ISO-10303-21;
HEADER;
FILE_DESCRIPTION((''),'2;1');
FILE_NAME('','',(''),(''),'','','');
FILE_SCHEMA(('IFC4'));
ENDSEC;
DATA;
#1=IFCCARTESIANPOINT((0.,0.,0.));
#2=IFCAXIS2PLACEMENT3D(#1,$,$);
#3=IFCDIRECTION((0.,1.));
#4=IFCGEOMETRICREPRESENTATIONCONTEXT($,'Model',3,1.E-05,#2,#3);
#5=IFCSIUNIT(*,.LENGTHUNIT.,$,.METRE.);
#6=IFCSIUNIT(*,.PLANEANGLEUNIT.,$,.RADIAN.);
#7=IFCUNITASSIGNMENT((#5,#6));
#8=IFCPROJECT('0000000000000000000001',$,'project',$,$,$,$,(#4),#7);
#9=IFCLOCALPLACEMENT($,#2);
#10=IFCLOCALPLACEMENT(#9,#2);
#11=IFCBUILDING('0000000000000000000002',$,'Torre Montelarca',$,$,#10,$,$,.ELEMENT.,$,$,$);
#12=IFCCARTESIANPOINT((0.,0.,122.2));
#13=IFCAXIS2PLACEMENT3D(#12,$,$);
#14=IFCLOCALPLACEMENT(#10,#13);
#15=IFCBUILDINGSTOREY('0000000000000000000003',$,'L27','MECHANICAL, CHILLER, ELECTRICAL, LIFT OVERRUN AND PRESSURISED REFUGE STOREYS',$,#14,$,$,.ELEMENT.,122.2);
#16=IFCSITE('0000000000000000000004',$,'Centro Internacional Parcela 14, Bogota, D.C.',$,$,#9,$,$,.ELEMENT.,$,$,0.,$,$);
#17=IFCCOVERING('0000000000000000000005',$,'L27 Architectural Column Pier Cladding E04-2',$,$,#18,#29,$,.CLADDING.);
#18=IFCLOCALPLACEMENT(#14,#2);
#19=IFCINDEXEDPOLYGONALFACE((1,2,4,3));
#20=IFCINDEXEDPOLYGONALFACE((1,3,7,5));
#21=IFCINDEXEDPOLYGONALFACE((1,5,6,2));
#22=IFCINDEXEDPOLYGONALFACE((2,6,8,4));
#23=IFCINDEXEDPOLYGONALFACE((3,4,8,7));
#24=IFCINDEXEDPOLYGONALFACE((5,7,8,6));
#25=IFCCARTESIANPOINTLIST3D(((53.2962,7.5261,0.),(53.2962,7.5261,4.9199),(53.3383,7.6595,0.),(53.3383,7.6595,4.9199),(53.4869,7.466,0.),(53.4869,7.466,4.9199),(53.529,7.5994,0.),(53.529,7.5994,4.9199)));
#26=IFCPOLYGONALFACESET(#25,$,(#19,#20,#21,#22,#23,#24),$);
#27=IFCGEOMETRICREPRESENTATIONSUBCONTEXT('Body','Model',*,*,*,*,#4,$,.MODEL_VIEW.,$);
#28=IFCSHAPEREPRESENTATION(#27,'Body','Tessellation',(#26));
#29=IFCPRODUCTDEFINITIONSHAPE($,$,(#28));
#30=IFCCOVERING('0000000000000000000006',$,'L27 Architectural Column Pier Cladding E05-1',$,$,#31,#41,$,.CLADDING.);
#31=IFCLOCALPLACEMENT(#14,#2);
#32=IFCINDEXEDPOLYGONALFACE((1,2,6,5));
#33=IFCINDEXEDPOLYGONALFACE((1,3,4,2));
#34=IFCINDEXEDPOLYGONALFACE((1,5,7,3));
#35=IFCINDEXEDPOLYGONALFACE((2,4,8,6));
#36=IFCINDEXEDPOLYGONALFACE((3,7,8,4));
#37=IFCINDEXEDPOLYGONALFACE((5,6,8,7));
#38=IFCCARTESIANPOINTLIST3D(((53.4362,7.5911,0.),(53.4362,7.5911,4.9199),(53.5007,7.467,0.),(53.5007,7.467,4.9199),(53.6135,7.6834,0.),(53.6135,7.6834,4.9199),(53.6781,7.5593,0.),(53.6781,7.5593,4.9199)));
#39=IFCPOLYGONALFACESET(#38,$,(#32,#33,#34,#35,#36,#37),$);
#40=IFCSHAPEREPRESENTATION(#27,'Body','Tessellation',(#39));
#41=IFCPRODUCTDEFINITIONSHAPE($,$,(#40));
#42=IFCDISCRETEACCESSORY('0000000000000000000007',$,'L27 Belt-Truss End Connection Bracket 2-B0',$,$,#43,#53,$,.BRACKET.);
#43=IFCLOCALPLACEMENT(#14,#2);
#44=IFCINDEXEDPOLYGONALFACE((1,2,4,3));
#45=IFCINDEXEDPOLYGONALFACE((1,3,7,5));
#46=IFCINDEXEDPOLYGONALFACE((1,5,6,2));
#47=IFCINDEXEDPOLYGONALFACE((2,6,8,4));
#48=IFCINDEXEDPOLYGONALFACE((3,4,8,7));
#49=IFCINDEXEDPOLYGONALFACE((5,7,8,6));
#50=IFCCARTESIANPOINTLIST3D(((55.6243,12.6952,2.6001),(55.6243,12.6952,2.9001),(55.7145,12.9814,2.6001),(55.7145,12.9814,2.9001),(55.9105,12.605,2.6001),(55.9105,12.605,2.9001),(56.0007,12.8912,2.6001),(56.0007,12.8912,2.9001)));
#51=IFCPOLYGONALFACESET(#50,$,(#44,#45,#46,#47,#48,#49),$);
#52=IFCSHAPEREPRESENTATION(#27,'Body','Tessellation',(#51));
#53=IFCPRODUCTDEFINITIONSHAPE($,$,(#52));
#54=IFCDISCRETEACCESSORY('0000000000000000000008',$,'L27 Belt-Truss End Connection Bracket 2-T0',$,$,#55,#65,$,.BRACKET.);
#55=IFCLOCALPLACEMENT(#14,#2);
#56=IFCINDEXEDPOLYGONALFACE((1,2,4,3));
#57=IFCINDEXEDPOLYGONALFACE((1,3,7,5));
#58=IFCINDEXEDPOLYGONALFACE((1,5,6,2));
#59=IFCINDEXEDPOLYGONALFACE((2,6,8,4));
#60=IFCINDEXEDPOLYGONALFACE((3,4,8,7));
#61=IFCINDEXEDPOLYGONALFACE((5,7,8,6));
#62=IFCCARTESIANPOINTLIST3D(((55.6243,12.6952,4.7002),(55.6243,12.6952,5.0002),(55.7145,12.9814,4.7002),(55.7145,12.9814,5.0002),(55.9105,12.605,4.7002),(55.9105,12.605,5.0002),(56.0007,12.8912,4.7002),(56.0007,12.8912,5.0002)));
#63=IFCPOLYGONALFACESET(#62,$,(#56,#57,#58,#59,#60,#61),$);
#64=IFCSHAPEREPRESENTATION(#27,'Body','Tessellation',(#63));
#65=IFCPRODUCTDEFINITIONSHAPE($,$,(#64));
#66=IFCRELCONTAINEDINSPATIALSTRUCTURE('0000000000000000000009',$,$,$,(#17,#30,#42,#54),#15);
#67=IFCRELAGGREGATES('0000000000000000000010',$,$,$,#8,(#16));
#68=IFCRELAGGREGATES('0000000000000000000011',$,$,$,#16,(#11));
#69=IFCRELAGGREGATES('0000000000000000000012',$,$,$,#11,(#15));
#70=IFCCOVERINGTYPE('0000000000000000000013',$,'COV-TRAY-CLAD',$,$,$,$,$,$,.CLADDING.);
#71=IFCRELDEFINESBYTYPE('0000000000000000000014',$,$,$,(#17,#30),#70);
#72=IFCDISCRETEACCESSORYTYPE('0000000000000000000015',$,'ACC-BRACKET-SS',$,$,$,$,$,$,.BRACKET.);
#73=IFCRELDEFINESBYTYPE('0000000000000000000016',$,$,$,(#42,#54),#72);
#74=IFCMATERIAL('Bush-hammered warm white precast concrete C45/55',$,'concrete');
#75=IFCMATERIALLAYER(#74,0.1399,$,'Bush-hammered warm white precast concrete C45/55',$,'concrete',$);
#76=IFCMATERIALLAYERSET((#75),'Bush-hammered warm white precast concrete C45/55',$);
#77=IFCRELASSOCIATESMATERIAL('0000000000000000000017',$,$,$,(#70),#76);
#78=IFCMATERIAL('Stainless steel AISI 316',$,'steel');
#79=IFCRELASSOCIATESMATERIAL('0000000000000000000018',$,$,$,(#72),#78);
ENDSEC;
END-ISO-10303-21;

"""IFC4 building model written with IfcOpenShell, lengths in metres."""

from ifc_helpers import new_model, si_unit, direction, frame, origin, origin_2d, place, context, subcontext, project, spatial, rectangle, extrude, source, transform, mapped, material, layer, layer_set, type_object, element, save


model = new_model("IFC4")

# Units and contexts
model_context = context("Model", 3, precision=1e-05, world=origin(), true_north=direction((0.0, 1.0)))
body_context = subcontext(model_context, "Body", "Model", "MODEL_VIEW")
ifc_project = project(units=[si_unit("LENGTHUNIT", "METRE"), si_unit("PLANEANGLEUNIT", "RADIAN")], contexts=[model_context])

# Site, building, storey
site_placement = place(None, origin())
site = spatial("IfcSite", under=ifc_project, at=site_placement, Name="Centro Internacional Parcela 14, Bogota, D.C.", CompositionType="ELEMENT", RefElevation=0.0)
building_placement = place(site_placement, origin())
building = spatial("IfcBuilding", under=site, at=building_placement, Name="Torre Montelarca", CompositionType="ELEMENT")
storey_placement = place(building_placement, frame((0.0, 0.0, 122.2)))
storey = spatial("IfcBuildingStorey", under=building, at=storey_placement, Name="L27", Description="MECHANICAL, CHILLER, ELECTRICAL, LIFT OVERRUN AND PRESSURISED REFUGE STOREYS", CompositionType="ELEMENT", Elevation=122.2)

# Coverings
ifc_material_1 = material(Name="Bush-hammered warm white precast concrete C45/55", Category="concrete")
ifc_layer_1 = layer(ifc_material_1, 0.1399, Name="Bush-hammered warm white precast concrete C45/55", Category="concrete")
ifc_layer_set_1 = layer_set([ifc_layer_1], Name="Bush-hammered warm white precast concrete C45/55")
covering_type = type_object("IfcCoveringType", Name="COV-TRAY-CLAD", PredefinedType="CLADDING", material=ifc_layer_set_1)
shared_shape_1 = source(origin(), body_context, "Body", "SweptSolid", [
    extrude(rectangle(XDim=0.2, YDim=0.1399, at=origin_2d()), origin(), (0.0, 0.0, 1.0), 4.9199),
])
for number, where, z_axis, x_axis, name in (
    (1, (53.4126, 7.5627, 0.0), (0.0, 0.0, 1.0), (0.953718, -0.300702, 0.0), "L27 Architectural Column Pier Cladding E04-2"),
    (2, (53.5571, 7.5752, 0.0), (0.0, 0.0, 1.0), (0.887017, 0.461736, 0.0), "L27 Architectural Column Pier Cladding E05-1"),
):
    element("IfcCovering", number, at=place(storey_placement, frame(where, z_axis=z_axis, x_axis=x_axis)), inside=storey, type_object=covering_type, Name=name, PredefinedType="CLADDING", context=body_context, shape_type="MappedRepresentation", body=[
        mapped(shared_shape_1, transform((0.0, 0.0, 0.0), scale=1.0)),
    ])

# Discrete accessories
ifc_material_2 = material(Name="Stainless steel AISI 316", Category="steel")
discrete_accessory_type = type_object("IfcDiscreteAccessoryType", Name="ACC-BRACKET-SS", PredefinedType="BRACKET", material=ifc_material_2)
shared_shape_2 = source(origin(), body_context, "Body", "SweptSolid", [
    extrude(rectangle(XDim=0.3, YDim=0.3, at=origin_2d()), origin(), (0.0, 0.0, 1.0), 0.3),
])
for number, where, z_axis, x_axis, name in (
    (3, (55.8125, 12.7932, 2.6001), (0.0, 0.0, 1.0), (0.300706, 0.953717, 0.0), "L27 Belt-Truss End Connection Bracket 2-B0"),
    (4, (55.8125, 12.7932, 4.7002), (0.0, 0.0, 1.0), (0.300706, 0.953717, 0.0), "L27 Belt-Truss End Connection Bracket 2-T0"),
):
    element("IfcDiscreteAccessory", number, at=place(storey_placement, frame(where, z_axis=z_axis, x_axis=x_axis)), inside=storey, type_object=discrete_accessory_type, Name=name, PredefinedType="BRACKET", context=body_context, shape_type="MappedRepresentation", body=[
        mapped(shared_shape_2, transform((0.0, 0.0, 0.0), scale=1.0)),
    ])

save(model, "model.ifc")
